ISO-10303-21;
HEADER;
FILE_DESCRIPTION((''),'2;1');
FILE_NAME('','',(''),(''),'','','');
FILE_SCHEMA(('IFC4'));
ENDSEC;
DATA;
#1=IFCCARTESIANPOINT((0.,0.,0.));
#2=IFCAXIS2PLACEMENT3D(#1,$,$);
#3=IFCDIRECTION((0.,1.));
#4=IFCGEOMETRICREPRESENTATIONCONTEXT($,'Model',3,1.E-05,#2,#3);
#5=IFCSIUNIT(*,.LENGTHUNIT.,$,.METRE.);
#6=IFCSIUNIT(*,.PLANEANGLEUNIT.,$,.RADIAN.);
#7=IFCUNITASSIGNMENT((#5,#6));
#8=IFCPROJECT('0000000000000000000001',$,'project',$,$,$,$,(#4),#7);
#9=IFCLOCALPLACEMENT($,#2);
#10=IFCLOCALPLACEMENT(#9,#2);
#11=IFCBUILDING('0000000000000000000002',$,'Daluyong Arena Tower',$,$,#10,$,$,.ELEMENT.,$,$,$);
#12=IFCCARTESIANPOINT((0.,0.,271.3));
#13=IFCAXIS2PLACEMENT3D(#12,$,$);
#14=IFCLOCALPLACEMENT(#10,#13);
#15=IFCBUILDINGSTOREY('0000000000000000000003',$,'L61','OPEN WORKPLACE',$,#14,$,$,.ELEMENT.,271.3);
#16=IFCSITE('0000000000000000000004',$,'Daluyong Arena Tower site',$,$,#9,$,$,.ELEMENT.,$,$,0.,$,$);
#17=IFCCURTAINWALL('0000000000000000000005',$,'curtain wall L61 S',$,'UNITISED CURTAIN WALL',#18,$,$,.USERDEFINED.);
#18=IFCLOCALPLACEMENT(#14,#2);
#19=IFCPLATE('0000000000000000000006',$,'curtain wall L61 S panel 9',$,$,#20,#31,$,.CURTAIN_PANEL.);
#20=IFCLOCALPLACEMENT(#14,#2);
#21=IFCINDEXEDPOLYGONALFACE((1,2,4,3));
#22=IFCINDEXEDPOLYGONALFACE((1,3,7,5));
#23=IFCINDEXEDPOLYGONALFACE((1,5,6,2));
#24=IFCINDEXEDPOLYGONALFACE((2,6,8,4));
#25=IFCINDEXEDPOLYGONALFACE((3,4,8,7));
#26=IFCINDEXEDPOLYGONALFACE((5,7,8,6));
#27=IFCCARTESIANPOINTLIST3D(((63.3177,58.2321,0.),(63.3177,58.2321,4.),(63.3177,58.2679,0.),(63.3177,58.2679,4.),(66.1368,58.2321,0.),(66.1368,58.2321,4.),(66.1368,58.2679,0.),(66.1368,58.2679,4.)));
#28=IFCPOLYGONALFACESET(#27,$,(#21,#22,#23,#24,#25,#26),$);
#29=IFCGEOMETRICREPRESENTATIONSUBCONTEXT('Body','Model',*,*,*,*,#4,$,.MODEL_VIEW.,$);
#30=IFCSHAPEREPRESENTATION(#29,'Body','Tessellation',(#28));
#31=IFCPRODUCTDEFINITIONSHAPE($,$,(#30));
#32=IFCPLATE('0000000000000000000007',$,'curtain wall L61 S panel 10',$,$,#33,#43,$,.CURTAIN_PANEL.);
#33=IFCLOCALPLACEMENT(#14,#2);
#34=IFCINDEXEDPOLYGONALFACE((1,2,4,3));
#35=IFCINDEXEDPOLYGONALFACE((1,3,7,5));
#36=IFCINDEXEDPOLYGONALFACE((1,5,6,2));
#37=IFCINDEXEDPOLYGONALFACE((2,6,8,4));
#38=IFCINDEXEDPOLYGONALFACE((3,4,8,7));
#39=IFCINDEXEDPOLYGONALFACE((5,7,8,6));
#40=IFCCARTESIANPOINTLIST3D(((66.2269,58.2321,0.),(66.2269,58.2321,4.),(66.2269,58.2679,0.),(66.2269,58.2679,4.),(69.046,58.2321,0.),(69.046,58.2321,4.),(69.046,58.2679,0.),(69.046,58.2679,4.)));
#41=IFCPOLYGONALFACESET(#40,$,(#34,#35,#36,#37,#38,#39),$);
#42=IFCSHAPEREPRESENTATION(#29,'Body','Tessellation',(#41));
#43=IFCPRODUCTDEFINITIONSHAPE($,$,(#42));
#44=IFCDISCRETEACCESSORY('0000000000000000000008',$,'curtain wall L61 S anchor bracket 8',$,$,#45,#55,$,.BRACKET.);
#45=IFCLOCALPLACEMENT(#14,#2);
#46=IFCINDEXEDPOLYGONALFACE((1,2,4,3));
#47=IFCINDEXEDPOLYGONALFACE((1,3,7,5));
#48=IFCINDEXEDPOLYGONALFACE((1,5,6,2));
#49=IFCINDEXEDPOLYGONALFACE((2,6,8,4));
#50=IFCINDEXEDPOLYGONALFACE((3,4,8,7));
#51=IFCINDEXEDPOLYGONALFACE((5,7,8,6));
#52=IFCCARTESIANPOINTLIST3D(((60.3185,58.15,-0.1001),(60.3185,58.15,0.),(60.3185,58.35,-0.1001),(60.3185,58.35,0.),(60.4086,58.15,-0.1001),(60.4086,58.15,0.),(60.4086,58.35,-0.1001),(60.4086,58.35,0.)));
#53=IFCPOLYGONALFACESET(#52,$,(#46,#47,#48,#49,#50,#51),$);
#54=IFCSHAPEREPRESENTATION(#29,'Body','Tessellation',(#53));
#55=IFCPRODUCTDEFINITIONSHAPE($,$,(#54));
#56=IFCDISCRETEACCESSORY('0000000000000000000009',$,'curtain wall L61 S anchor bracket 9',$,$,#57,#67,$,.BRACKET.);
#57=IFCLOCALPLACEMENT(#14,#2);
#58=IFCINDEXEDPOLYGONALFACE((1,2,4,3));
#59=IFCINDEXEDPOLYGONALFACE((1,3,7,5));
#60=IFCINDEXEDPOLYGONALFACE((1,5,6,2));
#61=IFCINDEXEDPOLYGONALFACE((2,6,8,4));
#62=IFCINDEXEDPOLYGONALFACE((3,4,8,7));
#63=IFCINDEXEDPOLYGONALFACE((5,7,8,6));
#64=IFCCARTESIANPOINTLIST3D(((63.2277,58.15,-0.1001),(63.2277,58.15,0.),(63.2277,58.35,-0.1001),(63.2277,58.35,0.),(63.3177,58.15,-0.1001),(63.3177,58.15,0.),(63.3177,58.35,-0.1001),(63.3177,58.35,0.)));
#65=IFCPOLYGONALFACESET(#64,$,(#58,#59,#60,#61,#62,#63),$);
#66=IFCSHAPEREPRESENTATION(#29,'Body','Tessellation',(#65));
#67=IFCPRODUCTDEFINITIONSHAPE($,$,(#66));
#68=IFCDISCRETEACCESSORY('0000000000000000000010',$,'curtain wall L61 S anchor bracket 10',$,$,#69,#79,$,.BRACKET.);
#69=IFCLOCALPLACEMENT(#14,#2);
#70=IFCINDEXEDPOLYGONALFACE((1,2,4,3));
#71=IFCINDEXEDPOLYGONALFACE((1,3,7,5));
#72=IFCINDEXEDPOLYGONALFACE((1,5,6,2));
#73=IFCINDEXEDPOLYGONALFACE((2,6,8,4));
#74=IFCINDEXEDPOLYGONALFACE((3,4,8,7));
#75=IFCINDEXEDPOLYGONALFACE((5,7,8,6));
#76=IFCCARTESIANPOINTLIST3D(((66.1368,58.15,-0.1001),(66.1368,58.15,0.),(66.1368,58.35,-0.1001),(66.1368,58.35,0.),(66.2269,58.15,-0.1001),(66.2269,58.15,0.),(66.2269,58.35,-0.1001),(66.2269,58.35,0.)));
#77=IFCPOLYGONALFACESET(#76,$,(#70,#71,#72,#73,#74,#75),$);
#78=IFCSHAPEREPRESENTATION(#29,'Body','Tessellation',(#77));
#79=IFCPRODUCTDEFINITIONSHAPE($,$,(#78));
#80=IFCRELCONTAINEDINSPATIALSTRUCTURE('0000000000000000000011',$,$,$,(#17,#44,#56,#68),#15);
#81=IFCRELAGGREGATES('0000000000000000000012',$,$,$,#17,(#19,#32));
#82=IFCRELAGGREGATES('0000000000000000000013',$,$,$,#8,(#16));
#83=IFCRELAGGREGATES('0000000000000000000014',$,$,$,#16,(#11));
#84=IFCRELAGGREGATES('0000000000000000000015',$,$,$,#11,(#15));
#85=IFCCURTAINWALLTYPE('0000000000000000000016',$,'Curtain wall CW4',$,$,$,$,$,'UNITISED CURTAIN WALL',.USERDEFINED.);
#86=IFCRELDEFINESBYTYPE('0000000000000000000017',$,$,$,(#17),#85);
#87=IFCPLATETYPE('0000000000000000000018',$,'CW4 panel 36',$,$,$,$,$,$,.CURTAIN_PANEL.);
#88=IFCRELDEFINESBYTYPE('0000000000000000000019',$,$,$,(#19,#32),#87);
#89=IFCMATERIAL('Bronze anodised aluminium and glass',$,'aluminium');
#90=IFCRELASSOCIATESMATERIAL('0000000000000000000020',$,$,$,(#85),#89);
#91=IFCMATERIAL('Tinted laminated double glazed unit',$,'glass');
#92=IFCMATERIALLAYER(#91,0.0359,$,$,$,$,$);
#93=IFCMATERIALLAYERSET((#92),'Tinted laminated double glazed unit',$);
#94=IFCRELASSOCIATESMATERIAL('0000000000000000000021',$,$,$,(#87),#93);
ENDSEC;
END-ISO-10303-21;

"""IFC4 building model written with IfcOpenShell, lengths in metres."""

from ifc_helpers import new_model, si_unit, direction, frame, origin, origin_2d, place, context, subcontext, project, spatial, rectangle, extrude, material, layer, layer_set, type_object, element, aggregate, save


model = new_model("IFC4")

# Units and contexts
model_context = context("Model", 3, precision=1e-05, world=origin(), true_north=direction((0.0, 1.0)))
body_context = subcontext(model_context, "Body", "Model", "MODEL_VIEW")
ifc_project = project(units=[si_unit("LENGTHUNIT", "METRE"), si_unit("PLANEANGLEUNIT", "RADIAN")], contexts=[model_context])

# Site, building, storey
site_placement = place(None, origin())
site = spatial("IfcSite", under=ifc_project, at=site_placement, Name="Daluyong Arena Tower site", CompositionType="ELEMENT", RefElevation=0.0)
building_placement = place(site_placement, origin())
building = spatial("IfcBuilding", under=site, at=building_placement, Name="Daluyong Arena Tower", CompositionType="ELEMENT")
storey_placement = place(building_placement, frame((0.0, 0.0, 271.3)))
storey = spatial("IfcBuildingStorey", under=building, at=storey_placement, Name="L61", Description="OPEN WORKPLACE", CompositionType="ELEMENT", Elevation=271.3)

# Curtain wall
ifc_material_1 = material(Name="Bronze anodised aluminium and glass", Category="aluminium")
curtain_wall_type = type_object("IfcCurtainWallType", Name="Curtain wall CW4", ElementType="UNITISED CURTAIN WALL", PredefinedType="USERDEFINED", material=ifc_material_1)
curtain_wall_placement = place(storey_placement, origin())
curtain_wall = element("IfcCurtainWall", 1, at=curtain_wall_placement, inside=storey, type_object=curtain_wall_type, Name="curtain wall L61 S", ObjectType="UNITISED CURTAIN WALL", PredefinedType="USERDEFINED")

# Plates
ifc_material_2 = material(Name="Tinted laminated double glazed unit", Category="glass")
ifc_layer = layer(ifc_material_2, 0.0359)
ifc_layer_set = layer_set([ifc_layer], Name="Tinted laminated double glazed unit")
plate_type = type_object("IfcPlateType", Name="CW4 panel 36", PredefinedType="CURTAIN_PANEL", material=ifc_layer_set)
plate_1_placement = place(storey_placement, frame((64.7273, 58.25, 0.0), z_axis=(0.0, 0.0, 1.0), x_axis=(1.0, 0.0, 0.0)))
plate_1 = element("IfcPlate", 2, at=plate_1_placement, type_object=plate_type, Name="curtain wall L61 S panel 9", PredefinedType="CURTAIN_PANEL", context=body_context, shape_type="SweptSolid", body=[
    extrude(rectangle(XDim=2.8191, YDim=0.0359, at=origin_2d()), origin(), (0.0, 0.0, 1.0), 4.0),
])
plate_2_placement = place(storey_placement, frame((67.6365, 58.25, 0.0), z_axis=(0.0, 0.0, 1.0), x_axis=(1.0, 0.0, 0.0)))
plate_2 = element("IfcPlate", 3, at=plate_2_placement, type_object=plate_type, Name="curtain wall L61 S panel 10", PredefinedType="CURTAIN_PANEL", context=body_context, shape_type="SweptSolid", body=[
    extrude(rectangle(XDim=2.8191, YDim=0.0359, at=origin_2d()), origin(), (0.0, 0.0, 1.0), 4.0),
])
aggregate(curtain_wall, [plate_1, plate_2])

# Discrete accessories
for number, where, z_axis, x_axis, name in (
    (4, (60.3635, 58.25, -0.1001), (0.0, 0.0, 1.0), (1.0, 0.0, 0.0), "curtain wall L61 S anchor bracket 8"),
    (5, (63.2727, 58.25, -0.1001), (0.0, 0.0, 1.0), (1.0, 0.0, 0.0), "curtain wall L61 S anchor bracket 9"),
    (6, (66.1819, 58.25, -0.1001), (0.0, 0.0, 1.0), (1.0, 0.0, 0.0), "curtain wall L61 S anchor bracket 10"),
):
    element("IfcDiscreteAccessory", number, at=place(storey_placement, frame(where, z_axis=z_axis, x_axis=x_axis)), inside=storey, Name=name, PredefinedType="BRACKET", context=body_context, shape_type="SweptSolid", body=[
        extrude(rectangle(XDim=0.0901, YDim=0.2, at=origin_2d()), origin(), (0.0, 0.0, 1.0), 0.1001),
    ])

save(model, "model.ifc")
